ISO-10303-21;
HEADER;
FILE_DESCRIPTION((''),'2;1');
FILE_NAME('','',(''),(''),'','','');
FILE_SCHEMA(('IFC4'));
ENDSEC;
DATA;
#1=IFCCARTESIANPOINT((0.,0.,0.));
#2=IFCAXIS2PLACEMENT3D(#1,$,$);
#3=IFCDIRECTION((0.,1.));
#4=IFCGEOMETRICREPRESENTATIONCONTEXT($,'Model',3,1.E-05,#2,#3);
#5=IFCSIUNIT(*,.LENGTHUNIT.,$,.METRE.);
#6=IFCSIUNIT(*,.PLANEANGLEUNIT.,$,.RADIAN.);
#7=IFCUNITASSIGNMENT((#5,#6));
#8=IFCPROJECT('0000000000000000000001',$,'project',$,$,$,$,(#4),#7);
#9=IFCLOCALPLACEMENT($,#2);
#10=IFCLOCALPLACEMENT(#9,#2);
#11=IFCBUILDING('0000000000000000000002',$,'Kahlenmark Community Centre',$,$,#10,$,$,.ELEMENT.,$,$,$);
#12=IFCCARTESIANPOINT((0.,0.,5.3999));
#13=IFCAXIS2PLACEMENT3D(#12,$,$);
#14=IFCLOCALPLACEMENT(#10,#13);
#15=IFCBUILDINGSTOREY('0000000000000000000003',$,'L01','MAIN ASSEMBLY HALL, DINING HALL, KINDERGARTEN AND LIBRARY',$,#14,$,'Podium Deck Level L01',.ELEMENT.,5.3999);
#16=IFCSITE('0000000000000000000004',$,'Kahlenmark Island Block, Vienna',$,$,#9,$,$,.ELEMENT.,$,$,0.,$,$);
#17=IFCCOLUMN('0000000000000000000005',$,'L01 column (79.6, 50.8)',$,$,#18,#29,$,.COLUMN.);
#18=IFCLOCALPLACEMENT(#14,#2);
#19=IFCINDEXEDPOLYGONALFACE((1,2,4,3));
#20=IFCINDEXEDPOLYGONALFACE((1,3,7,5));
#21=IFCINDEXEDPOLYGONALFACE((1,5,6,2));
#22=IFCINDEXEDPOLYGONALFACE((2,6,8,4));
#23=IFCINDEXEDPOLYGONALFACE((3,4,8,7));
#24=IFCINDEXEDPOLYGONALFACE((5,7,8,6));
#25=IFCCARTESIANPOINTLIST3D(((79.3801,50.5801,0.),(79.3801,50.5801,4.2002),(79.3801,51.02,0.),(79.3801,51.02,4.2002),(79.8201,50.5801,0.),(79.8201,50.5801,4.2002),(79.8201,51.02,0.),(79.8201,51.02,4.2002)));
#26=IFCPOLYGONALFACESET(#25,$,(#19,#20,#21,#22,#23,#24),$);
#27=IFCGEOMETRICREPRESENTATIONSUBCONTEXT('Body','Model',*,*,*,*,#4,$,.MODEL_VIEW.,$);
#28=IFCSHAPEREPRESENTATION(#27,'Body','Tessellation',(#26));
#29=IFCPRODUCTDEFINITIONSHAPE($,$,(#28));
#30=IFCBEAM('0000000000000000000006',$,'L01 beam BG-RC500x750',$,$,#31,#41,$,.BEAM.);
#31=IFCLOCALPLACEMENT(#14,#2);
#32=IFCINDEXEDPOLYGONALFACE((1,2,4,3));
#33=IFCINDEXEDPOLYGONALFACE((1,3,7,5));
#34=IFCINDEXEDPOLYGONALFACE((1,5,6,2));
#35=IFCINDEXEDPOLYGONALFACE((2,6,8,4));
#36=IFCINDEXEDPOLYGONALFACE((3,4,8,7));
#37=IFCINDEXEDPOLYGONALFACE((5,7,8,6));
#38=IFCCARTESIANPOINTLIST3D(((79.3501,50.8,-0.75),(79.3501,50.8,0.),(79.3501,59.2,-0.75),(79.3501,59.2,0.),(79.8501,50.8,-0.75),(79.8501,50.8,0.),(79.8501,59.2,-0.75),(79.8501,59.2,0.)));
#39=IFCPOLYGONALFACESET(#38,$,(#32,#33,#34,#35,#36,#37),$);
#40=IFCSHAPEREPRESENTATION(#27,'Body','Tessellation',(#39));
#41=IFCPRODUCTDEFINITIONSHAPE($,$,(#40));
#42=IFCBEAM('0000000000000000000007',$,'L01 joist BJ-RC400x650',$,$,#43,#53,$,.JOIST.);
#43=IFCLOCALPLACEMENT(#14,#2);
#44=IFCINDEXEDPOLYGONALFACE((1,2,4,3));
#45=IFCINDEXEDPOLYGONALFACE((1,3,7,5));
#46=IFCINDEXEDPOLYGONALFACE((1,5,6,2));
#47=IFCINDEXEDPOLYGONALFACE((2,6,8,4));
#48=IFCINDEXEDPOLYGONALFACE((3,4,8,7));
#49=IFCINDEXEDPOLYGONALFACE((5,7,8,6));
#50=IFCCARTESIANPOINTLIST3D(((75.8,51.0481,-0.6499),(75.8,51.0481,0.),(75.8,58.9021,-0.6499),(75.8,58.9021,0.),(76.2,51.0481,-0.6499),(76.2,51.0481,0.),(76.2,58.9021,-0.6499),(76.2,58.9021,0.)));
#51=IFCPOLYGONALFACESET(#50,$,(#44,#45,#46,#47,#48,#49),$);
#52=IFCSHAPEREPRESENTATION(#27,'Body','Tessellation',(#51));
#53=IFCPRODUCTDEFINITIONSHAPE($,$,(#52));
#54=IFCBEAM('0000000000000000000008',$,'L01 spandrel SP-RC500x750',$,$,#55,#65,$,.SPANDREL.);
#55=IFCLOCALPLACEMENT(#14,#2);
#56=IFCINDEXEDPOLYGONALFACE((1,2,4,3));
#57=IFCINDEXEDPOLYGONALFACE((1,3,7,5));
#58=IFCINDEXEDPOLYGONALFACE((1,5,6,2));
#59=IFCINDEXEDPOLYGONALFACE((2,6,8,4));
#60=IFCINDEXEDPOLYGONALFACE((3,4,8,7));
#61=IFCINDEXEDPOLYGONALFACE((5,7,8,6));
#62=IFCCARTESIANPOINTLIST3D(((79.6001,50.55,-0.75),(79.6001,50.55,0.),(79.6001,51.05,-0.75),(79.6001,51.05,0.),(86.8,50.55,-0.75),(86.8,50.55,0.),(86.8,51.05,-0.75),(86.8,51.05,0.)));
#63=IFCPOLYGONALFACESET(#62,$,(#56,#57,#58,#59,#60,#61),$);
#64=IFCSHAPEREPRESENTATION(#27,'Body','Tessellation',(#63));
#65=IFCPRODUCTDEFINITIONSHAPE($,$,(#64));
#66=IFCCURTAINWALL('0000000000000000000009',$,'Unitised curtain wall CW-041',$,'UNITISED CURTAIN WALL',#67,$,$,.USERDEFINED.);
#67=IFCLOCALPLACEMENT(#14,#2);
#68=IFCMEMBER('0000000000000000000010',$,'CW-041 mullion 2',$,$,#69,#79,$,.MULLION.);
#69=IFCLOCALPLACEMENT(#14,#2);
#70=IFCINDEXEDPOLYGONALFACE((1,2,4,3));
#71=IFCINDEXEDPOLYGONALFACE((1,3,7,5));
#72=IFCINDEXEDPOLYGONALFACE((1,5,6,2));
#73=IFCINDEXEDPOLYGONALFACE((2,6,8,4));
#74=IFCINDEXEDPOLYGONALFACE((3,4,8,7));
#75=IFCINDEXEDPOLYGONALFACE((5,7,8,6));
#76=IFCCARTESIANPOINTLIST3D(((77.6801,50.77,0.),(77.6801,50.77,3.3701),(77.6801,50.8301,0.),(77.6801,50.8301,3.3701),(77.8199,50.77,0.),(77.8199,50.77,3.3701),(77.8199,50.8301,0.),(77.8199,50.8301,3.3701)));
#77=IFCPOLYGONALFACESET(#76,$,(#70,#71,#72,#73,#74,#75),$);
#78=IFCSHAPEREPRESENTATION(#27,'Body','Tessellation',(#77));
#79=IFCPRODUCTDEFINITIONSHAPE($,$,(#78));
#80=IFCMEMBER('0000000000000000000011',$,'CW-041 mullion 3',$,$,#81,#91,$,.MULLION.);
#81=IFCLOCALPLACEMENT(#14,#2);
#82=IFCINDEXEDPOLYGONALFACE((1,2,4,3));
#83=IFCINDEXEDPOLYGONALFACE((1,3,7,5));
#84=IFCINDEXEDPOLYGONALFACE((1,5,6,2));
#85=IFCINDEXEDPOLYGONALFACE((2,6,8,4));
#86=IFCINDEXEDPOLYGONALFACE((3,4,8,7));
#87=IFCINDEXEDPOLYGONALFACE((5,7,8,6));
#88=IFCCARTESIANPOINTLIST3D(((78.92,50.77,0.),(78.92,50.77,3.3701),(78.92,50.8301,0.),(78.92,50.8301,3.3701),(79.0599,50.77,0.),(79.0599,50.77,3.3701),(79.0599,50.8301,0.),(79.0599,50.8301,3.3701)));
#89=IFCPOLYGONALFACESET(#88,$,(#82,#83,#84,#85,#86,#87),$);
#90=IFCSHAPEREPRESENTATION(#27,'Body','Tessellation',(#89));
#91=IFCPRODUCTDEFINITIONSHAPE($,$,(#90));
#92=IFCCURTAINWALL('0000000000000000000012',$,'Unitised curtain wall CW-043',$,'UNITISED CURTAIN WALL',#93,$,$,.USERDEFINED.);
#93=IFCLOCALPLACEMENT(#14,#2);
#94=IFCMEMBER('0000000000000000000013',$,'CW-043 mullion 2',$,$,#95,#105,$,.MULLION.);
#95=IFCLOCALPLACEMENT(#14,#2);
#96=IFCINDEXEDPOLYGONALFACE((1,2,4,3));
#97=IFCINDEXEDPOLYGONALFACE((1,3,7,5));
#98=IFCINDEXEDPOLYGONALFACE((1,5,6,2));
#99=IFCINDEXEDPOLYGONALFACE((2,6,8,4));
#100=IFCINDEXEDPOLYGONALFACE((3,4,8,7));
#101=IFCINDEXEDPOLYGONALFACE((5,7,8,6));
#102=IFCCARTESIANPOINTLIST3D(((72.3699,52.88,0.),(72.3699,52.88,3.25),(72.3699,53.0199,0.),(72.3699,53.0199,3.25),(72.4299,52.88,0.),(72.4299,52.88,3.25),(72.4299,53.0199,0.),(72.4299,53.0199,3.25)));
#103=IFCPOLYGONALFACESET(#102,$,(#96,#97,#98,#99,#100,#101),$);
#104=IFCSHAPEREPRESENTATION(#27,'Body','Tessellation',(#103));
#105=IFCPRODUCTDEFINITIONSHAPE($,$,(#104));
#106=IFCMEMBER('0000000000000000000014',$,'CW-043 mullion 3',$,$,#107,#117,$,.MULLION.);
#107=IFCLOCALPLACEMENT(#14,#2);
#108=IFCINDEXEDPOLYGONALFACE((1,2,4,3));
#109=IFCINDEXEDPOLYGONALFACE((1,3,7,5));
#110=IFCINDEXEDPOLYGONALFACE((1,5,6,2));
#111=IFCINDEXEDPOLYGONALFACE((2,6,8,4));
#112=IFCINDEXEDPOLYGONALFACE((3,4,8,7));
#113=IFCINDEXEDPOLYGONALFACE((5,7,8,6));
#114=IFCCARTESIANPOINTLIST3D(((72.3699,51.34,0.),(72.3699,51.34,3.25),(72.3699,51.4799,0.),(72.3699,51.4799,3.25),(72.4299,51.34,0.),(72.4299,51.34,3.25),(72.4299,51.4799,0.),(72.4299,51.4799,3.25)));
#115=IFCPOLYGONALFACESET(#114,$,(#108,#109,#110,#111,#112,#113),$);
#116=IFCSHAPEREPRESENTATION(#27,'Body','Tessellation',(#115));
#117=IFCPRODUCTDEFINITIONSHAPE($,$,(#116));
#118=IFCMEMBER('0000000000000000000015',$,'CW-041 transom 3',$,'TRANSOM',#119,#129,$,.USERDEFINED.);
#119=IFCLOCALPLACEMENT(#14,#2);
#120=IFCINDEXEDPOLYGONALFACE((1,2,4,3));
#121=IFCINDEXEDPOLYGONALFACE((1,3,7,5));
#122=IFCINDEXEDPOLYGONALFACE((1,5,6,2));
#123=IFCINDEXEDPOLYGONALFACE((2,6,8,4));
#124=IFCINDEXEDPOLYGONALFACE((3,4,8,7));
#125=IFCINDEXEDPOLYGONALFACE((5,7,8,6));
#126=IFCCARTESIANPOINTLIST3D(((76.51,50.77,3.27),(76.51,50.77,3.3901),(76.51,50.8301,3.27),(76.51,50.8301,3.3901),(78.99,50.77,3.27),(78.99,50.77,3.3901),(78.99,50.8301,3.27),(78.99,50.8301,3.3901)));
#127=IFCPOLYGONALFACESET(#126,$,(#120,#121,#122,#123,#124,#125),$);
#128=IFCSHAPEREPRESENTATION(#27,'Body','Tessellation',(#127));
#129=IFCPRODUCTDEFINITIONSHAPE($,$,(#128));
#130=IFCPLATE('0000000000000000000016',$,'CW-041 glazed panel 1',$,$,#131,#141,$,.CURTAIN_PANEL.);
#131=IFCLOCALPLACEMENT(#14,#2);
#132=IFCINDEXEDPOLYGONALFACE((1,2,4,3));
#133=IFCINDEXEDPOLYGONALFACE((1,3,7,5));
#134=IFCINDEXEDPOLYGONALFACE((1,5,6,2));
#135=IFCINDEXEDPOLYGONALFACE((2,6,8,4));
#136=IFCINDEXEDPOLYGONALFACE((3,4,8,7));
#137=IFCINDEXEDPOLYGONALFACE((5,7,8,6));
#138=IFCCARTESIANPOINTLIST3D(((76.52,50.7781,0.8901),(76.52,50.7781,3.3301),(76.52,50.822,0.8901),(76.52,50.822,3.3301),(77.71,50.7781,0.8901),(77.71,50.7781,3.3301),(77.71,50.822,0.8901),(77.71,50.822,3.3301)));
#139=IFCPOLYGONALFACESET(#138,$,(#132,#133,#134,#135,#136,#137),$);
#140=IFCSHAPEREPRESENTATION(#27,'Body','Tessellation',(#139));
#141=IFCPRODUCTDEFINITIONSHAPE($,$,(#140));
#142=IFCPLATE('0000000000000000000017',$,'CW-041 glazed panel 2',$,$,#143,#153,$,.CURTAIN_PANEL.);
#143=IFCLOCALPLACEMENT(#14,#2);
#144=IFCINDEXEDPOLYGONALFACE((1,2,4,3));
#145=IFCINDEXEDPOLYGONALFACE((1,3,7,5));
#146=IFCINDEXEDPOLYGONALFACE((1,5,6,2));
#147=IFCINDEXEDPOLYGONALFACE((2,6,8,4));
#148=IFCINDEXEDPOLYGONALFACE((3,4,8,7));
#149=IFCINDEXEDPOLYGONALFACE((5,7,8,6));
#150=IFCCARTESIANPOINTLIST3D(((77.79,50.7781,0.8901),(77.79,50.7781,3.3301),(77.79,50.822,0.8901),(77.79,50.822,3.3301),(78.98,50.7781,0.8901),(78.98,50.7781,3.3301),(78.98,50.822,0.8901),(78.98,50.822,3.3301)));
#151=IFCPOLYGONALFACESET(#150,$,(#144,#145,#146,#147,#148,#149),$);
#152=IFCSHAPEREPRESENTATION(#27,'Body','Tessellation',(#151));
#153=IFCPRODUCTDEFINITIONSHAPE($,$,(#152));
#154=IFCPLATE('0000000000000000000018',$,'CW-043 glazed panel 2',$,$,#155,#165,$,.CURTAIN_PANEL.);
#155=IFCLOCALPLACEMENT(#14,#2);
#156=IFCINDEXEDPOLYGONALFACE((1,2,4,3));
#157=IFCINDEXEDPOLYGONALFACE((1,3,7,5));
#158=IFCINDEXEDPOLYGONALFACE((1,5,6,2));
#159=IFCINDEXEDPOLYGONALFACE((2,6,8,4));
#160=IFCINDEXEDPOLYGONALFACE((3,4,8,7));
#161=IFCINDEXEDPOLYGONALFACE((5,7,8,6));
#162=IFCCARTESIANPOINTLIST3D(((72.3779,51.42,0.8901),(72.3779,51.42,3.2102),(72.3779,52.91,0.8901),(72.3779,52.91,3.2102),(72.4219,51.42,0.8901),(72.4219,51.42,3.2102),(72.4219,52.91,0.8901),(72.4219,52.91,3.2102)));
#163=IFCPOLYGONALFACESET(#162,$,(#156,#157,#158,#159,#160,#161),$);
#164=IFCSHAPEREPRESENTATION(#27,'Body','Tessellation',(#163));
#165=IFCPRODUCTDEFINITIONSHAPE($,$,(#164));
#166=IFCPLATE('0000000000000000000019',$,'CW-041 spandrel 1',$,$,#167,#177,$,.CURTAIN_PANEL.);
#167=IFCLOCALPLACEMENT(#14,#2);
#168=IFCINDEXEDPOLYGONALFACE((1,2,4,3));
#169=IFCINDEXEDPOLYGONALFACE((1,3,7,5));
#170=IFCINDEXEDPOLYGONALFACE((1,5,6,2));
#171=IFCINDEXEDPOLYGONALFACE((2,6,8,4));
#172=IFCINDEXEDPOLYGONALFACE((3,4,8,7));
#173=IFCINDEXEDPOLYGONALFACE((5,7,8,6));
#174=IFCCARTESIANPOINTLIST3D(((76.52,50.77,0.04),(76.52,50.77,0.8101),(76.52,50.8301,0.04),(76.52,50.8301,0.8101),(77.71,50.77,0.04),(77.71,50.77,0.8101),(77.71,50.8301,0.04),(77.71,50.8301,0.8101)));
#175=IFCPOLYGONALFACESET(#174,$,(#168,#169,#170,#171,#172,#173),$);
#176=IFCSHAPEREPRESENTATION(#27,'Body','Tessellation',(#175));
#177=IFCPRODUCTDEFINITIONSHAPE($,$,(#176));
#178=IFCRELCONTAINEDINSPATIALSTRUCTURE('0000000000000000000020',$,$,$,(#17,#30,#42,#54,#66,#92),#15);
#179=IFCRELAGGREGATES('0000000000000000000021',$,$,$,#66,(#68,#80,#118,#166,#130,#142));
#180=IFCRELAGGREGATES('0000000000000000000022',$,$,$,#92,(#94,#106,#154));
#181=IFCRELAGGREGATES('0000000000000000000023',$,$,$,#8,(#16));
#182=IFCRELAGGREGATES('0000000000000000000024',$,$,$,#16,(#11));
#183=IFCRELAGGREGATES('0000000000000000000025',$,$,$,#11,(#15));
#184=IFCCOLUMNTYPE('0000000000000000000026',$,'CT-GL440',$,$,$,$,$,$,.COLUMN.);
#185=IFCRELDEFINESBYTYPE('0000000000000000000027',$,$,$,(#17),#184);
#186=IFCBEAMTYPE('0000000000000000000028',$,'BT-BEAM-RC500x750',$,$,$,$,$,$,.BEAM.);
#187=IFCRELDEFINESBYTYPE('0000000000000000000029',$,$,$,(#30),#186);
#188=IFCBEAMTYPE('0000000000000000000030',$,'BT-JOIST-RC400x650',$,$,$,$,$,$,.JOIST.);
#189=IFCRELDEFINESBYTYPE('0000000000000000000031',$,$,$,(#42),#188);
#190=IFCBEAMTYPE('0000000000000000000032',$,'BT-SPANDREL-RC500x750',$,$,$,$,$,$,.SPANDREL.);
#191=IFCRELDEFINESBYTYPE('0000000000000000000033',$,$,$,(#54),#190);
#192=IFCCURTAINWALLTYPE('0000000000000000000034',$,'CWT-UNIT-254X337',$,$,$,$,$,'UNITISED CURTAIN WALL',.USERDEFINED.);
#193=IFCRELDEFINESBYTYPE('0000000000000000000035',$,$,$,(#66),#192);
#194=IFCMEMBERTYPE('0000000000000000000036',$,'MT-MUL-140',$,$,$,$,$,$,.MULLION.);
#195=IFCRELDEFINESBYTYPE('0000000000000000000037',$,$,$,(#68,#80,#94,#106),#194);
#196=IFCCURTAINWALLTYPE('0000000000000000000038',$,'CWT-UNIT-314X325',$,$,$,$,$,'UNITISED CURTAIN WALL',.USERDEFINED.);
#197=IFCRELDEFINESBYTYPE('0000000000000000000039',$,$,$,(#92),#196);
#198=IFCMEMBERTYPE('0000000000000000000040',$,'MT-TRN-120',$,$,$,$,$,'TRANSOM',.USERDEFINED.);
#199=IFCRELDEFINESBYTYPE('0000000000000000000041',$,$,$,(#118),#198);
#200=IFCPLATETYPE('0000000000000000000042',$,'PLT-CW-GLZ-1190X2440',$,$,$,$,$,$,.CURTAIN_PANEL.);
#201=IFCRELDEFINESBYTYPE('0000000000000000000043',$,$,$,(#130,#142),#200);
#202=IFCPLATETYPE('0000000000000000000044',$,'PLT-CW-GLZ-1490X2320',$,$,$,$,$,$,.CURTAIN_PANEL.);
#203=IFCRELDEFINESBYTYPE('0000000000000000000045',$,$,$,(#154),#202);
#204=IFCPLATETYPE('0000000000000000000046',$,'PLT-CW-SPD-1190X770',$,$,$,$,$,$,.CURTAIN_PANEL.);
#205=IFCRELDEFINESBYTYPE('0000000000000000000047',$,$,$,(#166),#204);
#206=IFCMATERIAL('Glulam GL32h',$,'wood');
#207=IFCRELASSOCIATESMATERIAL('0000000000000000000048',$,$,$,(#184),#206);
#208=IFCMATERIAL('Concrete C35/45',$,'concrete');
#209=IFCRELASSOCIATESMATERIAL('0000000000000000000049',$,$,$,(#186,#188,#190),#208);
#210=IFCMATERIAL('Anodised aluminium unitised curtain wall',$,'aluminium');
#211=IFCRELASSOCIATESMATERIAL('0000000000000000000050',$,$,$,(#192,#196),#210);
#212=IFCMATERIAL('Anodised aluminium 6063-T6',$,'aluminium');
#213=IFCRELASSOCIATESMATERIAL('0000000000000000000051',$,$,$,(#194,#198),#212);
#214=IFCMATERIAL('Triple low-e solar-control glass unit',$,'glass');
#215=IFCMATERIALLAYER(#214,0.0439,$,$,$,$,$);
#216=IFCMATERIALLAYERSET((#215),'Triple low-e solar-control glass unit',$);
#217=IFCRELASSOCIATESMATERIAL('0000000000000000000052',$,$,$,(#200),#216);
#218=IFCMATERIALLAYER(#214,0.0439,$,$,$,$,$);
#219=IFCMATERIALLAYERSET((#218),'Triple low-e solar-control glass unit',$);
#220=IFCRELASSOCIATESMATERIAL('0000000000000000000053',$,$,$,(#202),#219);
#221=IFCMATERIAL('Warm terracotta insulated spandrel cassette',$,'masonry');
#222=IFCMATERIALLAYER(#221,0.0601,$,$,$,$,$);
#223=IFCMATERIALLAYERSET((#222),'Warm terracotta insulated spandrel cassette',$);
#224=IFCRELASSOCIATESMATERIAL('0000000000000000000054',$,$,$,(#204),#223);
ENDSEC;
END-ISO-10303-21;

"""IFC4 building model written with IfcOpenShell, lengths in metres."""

from ifc_helpers import new_model, si_unit, direction, frame, origin, origin_2d, place, context, subcontext, project, spatial, rectangle, extrude, material, layer, layer_set, material_profile, profile_set, type_object, element, aggregate, save


model = new_model("IFC4")

# Units and contexts
model_context = context("Model", 3, precision=1e-05, world=origin(), true_north=direction((0.0, 1.0)))
body_context = subcontext(model_context, "Body", "Model", "MODEL_VIEW")
ifc_project = project(units=[si_unit("LENGTHUNIT", "METRE"), si_unit("PLANEANGLEUNIT", "RADIAN")], contexts=[model_context])

# Site, building, storey
site_placement = place(None, origin())
site = spatial("IfcSite", under=ifc_project, at=site_placement, Name="Kahlenmark Island Block, Vienna", CompositionType="ELEMENT", RefElevation=0.0)
building_placement = place(site_placement, origin())
building = spatial("IfcBuilding", under=site, at=building_placement, Name="Kahlenmark Community Centre", CompositionType="ELEMENT")
storey_placement = place(building_placement, frame((0.0, 0.0, 5.3999)))
storey = spatial("IfcBuildingStorey", under=building, at=storey_placement, Name="L01", Description="MAIN ASSEMBLY HALL, DINING HALL, KINDERGARTEN AND LIBRARY", LongName="Podium Deck Level L01", CompositionType="ELEMENT", Elevation=5.3999)

# Column
ifc_material_1 = material(Name="Glulam GL32h", Category="wood")
ifc_material_profile_1 = material_profile(ifc_material_1, rectangle(XDim=0.4399, YDim=0.4399, at=origin_2d()), Name="GL32h 440x440")
ifc_profile_set_1 = profile_set([ifc_material_profile_1], Name="Glulam GL32h")
column_type = type_object("IfcColumnType", Name="CT-GL440", PredefinedType="COLUMN", material=ifc_profile_set_1)
column_placement = place(storey_placement, frame((79.6001, 50.8, 0.0), z_axis=(0.0, 0.0, 1.0), x_axis=(1.0, 0.0, 0.0)))
element("IfcColumn", 1, at=column_placement, inside=storey, type_object=column_type, Name="L01 column (79.6, 50.8)", PredefinedType="COLUMN", context=body_context, shape_type="SweptSolid", body=[
    extrude(rectangle(XDim=0.4399, YDim=0.4399, at=origin_2d()), origin(), (0.0, 0.0, 1.0), 4.2002),
])

# Beams
ifc_material_2 = material(Name="Concrete C35/45", Category="concrete")
ifc_material_profile_2 = material_profile(ifc_material_2, rectangle(XDim=0.5, YDim=0.75, at=origin_2d()), Name="RC 500x750")
ifc_profile_set_2 = profile_set([ifc_material_profile_2], Name="Concrete C35/45")
beam_type_1 = type_object("IfcBeamType", Name="BT-BEAM-RC500x750", PredefinedType="BEAM", material=ifc_profile_set_2)
beam_1_placement = place(storey_placement, frame((79.6001, 50.8, -0.375), z_axis=(0.0, 1.0, 0.0), x_axis=(-1.0, 0.0, 0.0)))
element("IfcBeam", 2, at=beam_1_placement, inside=storey, type_object=beam_type_1, Name="L01 beam BG-RC500x750", PredefinedType="BEAM", context=body_context, shape_type="SweptSolid", body=[
    extrude(rectangle(XDim=0.5, YDim=0.75, at=origin_2d()), origin(), (0.0, 0.0, 1.0), 8.3999),
])
ifc_material_profile_3 = material_profile(ifc_material_2, rectangle(XDim=0.3999, YDim=0.6499, at=origin_2d()), Name="RC 400x650")
ifc_profile_set_3 = profile_set([ifc_material_profile_3], Name="Concrete C35/45")
beam_type_2 = type_object("IfcBeamType", Name="BT-JOIST-RC400x650", PredefinedType="JOIST", material=ifc_profile_set_3)
beam_2_placement = place(storey_placement, frame((76.0, 51.0481, -0.325), z_axis=(0.0, 1.0, 0.0), x_axis=(-1.0, 0.0, 0.0)))
element("IfcBeam", 3, at=beam_2_placement, inside=storey, type_object=beam_type_2, Name="L01 joist BJ-RC400x650", PredefinedType="JOIST", context=body_context, shape_type="SweptSolid", body=[
    extrude(rectangle(XDim=0.3999, YDim=0.6499, at=origin_2d()), origin(), (0.0, 0.0, 1.0), 7.854),
])
ifc_material_profile_4 = material_profile(ifc_material_2, rectangle(XDim=0.5, YDim=0.75, at=origin_2d()), Name="RC 500x750")
ifc_profile_set_4 = profile_set([ifc_material_profile_4], Name="Concrete C35/45")
beam_type_3 = type_object("IfcBeamType", Name="BT-SPANDREL-RC500x750", PredefinedType="SPANDREL", material=ifc_profile_set_4)
beam_3_placement = place(storey_placement, frame((79.6001, 50.8, -0.375), z_axis=(1.0, 0.0, 0.0), x_axis=(0.0, 1.0, 0.0)))
element("IfcBeam", 4, at=beam_3_placement, inside=storey, type_object=beam_type_3, Name="L01 spandrel SP-RC500x750", PredefinedType="SPANDREL", context=body_context, shape_type="SweptSolid", body=[
    extrude(rectangle(XDim=0.5, YDim=0.75, at=origin_2d()), origin(), (0.0, 0.0, 1.0), 7.2),
])

# Curtain walls, members
ifc_material_3 = material(Name="Anodised aluminium unitised curtain wall", Category="aluminium")
curtain_wall_type_1 = type_object("IfcCurtainWallType", Name="CWT-UNIT-254X337", ElementType="UNITISED CURTAIN WALL", PredefinedType="USERDEFINED", material=ifc_material_3)
curtain_wall_1_placement = place(storey_placement, origin())
curtain_wall_1 = element("IfcCurtainWall", 5, at=curtain_wall_1_placement, inside=storey, type_object=curtain_wall_type_1, Name="Unitised curtain wall CW-041", ObjectType="UNITISED CURTAIN WALL", PredefinedType="USERDEFINED")
ifc_material_4 = material(Name="Anodised aluminium 6063-T6", Category="aluminium")
ifc_material_profile_5 = material_profile(ifc_material_4, rectangle(XDim=0.0601, YDim=0.1399, at=origin_2d()), Name="ALU MULLION 60x140")
ifc_profile_set_5 = profile_set([ifc_material_profile_5], Name="Anodised aluminium 6063-T6")
member_type_1 = type_object("IfcMemberType", Name="MT-MUL-140", PredefinedType="MULLION", material=ifc_profile_set_5)
member_1_placement = place(storey_placement, frame((77.75, 50.8, 0.0), z_axis=(0.0, 0.0, 1.0), x_axis=(0.0, 1.0, 0.0)))
member_1 = element("IfcMember", 6, at=member_1_placement, type_object=member_type_1, Name="CW-041 mullion 2", PredefinedType="MULLION", context=body_context, shape_type="SweptSolid", body=[
    extrude(rectangle(XDim=0.0601, YDim=0.1399, at=origin_2d()), origin(), (0.0, 0.0, 1.0), 3.3701),
])
member_2_placement = place(storey_placement, frame((78.99, 50.8, 0.0), z_axis=(0.0, 0.0, 1.0), x_axis=(0.0, 1.0, 0.0)))
member_2 = element("IfcMember", 7, at=member_2_placement, type_object=member_type_1, Name="CW-041 mullion 3", PredefinedType="MULLION", context=body_context, shape_type="SweptSolid", body=[
    extrude(rectangle(XDim=0.0601, YDim=0.1399, at=origin_2d()), origin(), (0.0, 0.0, 1.0), 3.3701),
])
curtain_wall_type_2 = type_object("IfcCurtainWallType", Name="CWT-UNIT-314X325", ElementType="UNITISED CURTAIN WALL", PredefinedType="USERDEFINED", material=ifc_material_3)
curtain_wall_2_placement = place(storey_placement, origin())
curtain_wall_2 = element("IfcCurtainWall", 8, at=curtain_wall_2_placement, inside=storey, type_object=curtain_wall_type_2, Name="Unitised curtain wall CW-043", ObjectType="UNITISED CURTAIN WALL", PredefinedType="USERDEFINED")
member_3_placement = place(storey_placement, frame((72.3999, 52.95, 0.0), z_axis=(0.0, 0.0, 1.0), x_axis=(1.0, 0.0, 0.0)))
member_3 = element("IfcMember", 9, at=member_3_placement, type_object=member_type_1, Name="CW-043 mullion 2", PredefinedType="MULLION", context=body_context, shape_type="SweptSolid", body=[
    extrude(rectangle(XDim=0.0601, YDim=0.1399, at=origin_2d()), origin(), (0.0, 0.0, 1.0), 3.25),
])
member_4_placement = place(storey_placement, frame((72.3999, 51.4099, 0.0), z_axis=(0.0, 0.0, 1.0), x_axis=(1.0, 0.0, 0.0)))
member_4 = element("IfcMember", 10, at=member_4_placement, type_object=member_type_1, Name="CW-043 mullion 3", PredefinedType="MULLION", context=body_context, shape_type="SweptSolid", body=[
    extrude(rectangle(XDim=0.0601, YDim=0.1399, at=origin_2d()), origin(), (0.0, 0.0, 1.0), 3.25),
])

# Member
ifc_material_profile_6 = material_profile(ifc_material_4, rectangle(XDim=0.0601, YDim=0.1201, at=origin_2d()), Name="ALU TRANSOM 60x120")
ifc_profile_set_6 = profile_set([ifc_material_profile_6], Name="Anodised aluminium 6063-T6")
member_type_2 = type_object("IfcMemberType", Name="MT-TRN-120", ElementType="TRANSOM", PredefinedType="USERDEFINED", material=ifc_profile_set_6)
member_5_placement = place(storey_placement, frame((76.51, 50.8, 3.3301), z_axis=(1.0, 0.0, 0.0), x_axis=(0.0, 1.0, 0.0)))
member_5 = element("IfcMember", 11, at=member_5_placement, type_object=member_type_2, Name="CW-041 transom 3", ObjectType="TRANSOM", PredefinedType="USERDEFINED", context=body_context, shape_type="SweptSolid", body=[
    extrude(rectangle(XDim=0.0601, YDim=0.1201, at=origin_2d()), origin(), (0.0, 0.0, 1.0), 2.48),
])

# Plates
ifc_material_5 = material(Name="Triple low-e solar-control glass unit", Category="glass")
ifc_layer_1 = layer(ifc_material_5, 0.0439)
ifc_layer_set_1 = layer_set([ifc_layer_1], Name="Triple low-e solar-control glass unit")
plate_type_1 = type_object("IfcPlateType", Name="PLT-CW-GLZ-1190X2440", PredefinedType="CURTAIN_PANEL", material=ifc_layer_set_1)
plate_1_placement = place(storey_placement, frame((77.115, 50.8, 0.8901), z_axis=(0.0, 0.0, 1.0), x_axis=(1.0, 0.0, 0.0)))
plate_1 = element("IfcPlate", 12, at=plate_1_placement, type_object=plate_type_1, Name="CW-041 glazed panel 1", PredefinedType="CURTAIN_PANEL", context=body_context, shape_type="SweptSolid", body=[
    extrude(rectangle(XDim=1.1899, YDim=0.0439, at=origin_2d()), origin(), (0.0, 0.0, 1.0), 2.4399),
])
plate_2_placement = place(storey_placement, frame((78.385, 50.8, 0.8901), z_axis=(0.0, 0.0, 1.0), x_axis=(1.0, 0.0, 0.0)))
plate_2 = element("IfcPlate", 13, at=plate_2_placement, type_object=plate_type_1, Name="CW-041 glazed panel 2", PredefinedType="CURTAIN_PANEL", context=body_context, shape_type="SweptSolid", body=[
    extrude(rectangle(XDim=1.1899, YDim=0.0439, at=origin_2d()), origin(), (0.0, 0.0, 1.0), 2.4399),
])
ifc_layer_2 = layer(ifc_material_5, 0.0439)
ifc_layer_set_2 = layer_set([ifc_layer_2], Name="Triple low-e solar-control glass unit")
plate_type_2 = type_object("IfcPlateType", Name="PLT-CW-GLZ-1490X2320", PredefinedType="CURTAIN_PANEL", material=ifc_layer_set_2)
plate_3_placement = place(storey_placement, frame((72.3999, 52.165, 0.8901), z_axis=(0.0, 0.0, 1.0), x_axis=(0.0, -1.0, 0.0)))
plate_3 = element("IfcPlate", 14, at=plate_3_placement, type_object=plate_type_2, Name="CW-043 glazed panel 2", PredefinedType="CURTAIN_PANEL", context=body_context, shape_type="SweptSolid", body=[
    extrude(rectangle(XDim=1.49, YDim=0.0439, at=origin_2d()), origin(), (0.0, 0.0, 1.0), 2.3201),
])
ifc_material_6 = material(Name="Warm terracotta insulated spandrel cassette", Category="masonry")
ifc_layer_3 = layer(ifc_material_6, 0.0601)
ifc_layer_set_3 = layer_set([ifc_layer_3], Name="Warm terracotta insulated spandrel cassette")
plate_type_3 = type_object("IfcPlateType", Name="PLT-CW-SPD-1190X770", PredefinedType="CURTAIN_PANEL", material=ifc_layer_set_3)
plate_4_placement = place(storey_placement, frame((77.115, 50.8, 0.04), z_axis=(0.0, 0.0, 1.0), x_axis=(1.0, 0.0, 0.0)))
plate_4 = element("IfcPlate", 15, at=plate_4_placement, type_object=plate_type_3, Name="CW-041 spandrel 1", PredefinedType="CURTAIN_PANEL", context=body_context, shape_type="SweptSolid", body=[
    extrude(rectangle(XDim=1.1899, YDim=0.0601, at=origin_2d()), origin(), (0.0, 0.0, 1.0), 0.77),
])
aggregate(curtain_wall_1, [member_1, member_2, member_5, plate_4, plate_1, plate_2])
aggregate(curtain_wall_2, [member_3, member_4, plate_3])

save(model, "model.ifc")
